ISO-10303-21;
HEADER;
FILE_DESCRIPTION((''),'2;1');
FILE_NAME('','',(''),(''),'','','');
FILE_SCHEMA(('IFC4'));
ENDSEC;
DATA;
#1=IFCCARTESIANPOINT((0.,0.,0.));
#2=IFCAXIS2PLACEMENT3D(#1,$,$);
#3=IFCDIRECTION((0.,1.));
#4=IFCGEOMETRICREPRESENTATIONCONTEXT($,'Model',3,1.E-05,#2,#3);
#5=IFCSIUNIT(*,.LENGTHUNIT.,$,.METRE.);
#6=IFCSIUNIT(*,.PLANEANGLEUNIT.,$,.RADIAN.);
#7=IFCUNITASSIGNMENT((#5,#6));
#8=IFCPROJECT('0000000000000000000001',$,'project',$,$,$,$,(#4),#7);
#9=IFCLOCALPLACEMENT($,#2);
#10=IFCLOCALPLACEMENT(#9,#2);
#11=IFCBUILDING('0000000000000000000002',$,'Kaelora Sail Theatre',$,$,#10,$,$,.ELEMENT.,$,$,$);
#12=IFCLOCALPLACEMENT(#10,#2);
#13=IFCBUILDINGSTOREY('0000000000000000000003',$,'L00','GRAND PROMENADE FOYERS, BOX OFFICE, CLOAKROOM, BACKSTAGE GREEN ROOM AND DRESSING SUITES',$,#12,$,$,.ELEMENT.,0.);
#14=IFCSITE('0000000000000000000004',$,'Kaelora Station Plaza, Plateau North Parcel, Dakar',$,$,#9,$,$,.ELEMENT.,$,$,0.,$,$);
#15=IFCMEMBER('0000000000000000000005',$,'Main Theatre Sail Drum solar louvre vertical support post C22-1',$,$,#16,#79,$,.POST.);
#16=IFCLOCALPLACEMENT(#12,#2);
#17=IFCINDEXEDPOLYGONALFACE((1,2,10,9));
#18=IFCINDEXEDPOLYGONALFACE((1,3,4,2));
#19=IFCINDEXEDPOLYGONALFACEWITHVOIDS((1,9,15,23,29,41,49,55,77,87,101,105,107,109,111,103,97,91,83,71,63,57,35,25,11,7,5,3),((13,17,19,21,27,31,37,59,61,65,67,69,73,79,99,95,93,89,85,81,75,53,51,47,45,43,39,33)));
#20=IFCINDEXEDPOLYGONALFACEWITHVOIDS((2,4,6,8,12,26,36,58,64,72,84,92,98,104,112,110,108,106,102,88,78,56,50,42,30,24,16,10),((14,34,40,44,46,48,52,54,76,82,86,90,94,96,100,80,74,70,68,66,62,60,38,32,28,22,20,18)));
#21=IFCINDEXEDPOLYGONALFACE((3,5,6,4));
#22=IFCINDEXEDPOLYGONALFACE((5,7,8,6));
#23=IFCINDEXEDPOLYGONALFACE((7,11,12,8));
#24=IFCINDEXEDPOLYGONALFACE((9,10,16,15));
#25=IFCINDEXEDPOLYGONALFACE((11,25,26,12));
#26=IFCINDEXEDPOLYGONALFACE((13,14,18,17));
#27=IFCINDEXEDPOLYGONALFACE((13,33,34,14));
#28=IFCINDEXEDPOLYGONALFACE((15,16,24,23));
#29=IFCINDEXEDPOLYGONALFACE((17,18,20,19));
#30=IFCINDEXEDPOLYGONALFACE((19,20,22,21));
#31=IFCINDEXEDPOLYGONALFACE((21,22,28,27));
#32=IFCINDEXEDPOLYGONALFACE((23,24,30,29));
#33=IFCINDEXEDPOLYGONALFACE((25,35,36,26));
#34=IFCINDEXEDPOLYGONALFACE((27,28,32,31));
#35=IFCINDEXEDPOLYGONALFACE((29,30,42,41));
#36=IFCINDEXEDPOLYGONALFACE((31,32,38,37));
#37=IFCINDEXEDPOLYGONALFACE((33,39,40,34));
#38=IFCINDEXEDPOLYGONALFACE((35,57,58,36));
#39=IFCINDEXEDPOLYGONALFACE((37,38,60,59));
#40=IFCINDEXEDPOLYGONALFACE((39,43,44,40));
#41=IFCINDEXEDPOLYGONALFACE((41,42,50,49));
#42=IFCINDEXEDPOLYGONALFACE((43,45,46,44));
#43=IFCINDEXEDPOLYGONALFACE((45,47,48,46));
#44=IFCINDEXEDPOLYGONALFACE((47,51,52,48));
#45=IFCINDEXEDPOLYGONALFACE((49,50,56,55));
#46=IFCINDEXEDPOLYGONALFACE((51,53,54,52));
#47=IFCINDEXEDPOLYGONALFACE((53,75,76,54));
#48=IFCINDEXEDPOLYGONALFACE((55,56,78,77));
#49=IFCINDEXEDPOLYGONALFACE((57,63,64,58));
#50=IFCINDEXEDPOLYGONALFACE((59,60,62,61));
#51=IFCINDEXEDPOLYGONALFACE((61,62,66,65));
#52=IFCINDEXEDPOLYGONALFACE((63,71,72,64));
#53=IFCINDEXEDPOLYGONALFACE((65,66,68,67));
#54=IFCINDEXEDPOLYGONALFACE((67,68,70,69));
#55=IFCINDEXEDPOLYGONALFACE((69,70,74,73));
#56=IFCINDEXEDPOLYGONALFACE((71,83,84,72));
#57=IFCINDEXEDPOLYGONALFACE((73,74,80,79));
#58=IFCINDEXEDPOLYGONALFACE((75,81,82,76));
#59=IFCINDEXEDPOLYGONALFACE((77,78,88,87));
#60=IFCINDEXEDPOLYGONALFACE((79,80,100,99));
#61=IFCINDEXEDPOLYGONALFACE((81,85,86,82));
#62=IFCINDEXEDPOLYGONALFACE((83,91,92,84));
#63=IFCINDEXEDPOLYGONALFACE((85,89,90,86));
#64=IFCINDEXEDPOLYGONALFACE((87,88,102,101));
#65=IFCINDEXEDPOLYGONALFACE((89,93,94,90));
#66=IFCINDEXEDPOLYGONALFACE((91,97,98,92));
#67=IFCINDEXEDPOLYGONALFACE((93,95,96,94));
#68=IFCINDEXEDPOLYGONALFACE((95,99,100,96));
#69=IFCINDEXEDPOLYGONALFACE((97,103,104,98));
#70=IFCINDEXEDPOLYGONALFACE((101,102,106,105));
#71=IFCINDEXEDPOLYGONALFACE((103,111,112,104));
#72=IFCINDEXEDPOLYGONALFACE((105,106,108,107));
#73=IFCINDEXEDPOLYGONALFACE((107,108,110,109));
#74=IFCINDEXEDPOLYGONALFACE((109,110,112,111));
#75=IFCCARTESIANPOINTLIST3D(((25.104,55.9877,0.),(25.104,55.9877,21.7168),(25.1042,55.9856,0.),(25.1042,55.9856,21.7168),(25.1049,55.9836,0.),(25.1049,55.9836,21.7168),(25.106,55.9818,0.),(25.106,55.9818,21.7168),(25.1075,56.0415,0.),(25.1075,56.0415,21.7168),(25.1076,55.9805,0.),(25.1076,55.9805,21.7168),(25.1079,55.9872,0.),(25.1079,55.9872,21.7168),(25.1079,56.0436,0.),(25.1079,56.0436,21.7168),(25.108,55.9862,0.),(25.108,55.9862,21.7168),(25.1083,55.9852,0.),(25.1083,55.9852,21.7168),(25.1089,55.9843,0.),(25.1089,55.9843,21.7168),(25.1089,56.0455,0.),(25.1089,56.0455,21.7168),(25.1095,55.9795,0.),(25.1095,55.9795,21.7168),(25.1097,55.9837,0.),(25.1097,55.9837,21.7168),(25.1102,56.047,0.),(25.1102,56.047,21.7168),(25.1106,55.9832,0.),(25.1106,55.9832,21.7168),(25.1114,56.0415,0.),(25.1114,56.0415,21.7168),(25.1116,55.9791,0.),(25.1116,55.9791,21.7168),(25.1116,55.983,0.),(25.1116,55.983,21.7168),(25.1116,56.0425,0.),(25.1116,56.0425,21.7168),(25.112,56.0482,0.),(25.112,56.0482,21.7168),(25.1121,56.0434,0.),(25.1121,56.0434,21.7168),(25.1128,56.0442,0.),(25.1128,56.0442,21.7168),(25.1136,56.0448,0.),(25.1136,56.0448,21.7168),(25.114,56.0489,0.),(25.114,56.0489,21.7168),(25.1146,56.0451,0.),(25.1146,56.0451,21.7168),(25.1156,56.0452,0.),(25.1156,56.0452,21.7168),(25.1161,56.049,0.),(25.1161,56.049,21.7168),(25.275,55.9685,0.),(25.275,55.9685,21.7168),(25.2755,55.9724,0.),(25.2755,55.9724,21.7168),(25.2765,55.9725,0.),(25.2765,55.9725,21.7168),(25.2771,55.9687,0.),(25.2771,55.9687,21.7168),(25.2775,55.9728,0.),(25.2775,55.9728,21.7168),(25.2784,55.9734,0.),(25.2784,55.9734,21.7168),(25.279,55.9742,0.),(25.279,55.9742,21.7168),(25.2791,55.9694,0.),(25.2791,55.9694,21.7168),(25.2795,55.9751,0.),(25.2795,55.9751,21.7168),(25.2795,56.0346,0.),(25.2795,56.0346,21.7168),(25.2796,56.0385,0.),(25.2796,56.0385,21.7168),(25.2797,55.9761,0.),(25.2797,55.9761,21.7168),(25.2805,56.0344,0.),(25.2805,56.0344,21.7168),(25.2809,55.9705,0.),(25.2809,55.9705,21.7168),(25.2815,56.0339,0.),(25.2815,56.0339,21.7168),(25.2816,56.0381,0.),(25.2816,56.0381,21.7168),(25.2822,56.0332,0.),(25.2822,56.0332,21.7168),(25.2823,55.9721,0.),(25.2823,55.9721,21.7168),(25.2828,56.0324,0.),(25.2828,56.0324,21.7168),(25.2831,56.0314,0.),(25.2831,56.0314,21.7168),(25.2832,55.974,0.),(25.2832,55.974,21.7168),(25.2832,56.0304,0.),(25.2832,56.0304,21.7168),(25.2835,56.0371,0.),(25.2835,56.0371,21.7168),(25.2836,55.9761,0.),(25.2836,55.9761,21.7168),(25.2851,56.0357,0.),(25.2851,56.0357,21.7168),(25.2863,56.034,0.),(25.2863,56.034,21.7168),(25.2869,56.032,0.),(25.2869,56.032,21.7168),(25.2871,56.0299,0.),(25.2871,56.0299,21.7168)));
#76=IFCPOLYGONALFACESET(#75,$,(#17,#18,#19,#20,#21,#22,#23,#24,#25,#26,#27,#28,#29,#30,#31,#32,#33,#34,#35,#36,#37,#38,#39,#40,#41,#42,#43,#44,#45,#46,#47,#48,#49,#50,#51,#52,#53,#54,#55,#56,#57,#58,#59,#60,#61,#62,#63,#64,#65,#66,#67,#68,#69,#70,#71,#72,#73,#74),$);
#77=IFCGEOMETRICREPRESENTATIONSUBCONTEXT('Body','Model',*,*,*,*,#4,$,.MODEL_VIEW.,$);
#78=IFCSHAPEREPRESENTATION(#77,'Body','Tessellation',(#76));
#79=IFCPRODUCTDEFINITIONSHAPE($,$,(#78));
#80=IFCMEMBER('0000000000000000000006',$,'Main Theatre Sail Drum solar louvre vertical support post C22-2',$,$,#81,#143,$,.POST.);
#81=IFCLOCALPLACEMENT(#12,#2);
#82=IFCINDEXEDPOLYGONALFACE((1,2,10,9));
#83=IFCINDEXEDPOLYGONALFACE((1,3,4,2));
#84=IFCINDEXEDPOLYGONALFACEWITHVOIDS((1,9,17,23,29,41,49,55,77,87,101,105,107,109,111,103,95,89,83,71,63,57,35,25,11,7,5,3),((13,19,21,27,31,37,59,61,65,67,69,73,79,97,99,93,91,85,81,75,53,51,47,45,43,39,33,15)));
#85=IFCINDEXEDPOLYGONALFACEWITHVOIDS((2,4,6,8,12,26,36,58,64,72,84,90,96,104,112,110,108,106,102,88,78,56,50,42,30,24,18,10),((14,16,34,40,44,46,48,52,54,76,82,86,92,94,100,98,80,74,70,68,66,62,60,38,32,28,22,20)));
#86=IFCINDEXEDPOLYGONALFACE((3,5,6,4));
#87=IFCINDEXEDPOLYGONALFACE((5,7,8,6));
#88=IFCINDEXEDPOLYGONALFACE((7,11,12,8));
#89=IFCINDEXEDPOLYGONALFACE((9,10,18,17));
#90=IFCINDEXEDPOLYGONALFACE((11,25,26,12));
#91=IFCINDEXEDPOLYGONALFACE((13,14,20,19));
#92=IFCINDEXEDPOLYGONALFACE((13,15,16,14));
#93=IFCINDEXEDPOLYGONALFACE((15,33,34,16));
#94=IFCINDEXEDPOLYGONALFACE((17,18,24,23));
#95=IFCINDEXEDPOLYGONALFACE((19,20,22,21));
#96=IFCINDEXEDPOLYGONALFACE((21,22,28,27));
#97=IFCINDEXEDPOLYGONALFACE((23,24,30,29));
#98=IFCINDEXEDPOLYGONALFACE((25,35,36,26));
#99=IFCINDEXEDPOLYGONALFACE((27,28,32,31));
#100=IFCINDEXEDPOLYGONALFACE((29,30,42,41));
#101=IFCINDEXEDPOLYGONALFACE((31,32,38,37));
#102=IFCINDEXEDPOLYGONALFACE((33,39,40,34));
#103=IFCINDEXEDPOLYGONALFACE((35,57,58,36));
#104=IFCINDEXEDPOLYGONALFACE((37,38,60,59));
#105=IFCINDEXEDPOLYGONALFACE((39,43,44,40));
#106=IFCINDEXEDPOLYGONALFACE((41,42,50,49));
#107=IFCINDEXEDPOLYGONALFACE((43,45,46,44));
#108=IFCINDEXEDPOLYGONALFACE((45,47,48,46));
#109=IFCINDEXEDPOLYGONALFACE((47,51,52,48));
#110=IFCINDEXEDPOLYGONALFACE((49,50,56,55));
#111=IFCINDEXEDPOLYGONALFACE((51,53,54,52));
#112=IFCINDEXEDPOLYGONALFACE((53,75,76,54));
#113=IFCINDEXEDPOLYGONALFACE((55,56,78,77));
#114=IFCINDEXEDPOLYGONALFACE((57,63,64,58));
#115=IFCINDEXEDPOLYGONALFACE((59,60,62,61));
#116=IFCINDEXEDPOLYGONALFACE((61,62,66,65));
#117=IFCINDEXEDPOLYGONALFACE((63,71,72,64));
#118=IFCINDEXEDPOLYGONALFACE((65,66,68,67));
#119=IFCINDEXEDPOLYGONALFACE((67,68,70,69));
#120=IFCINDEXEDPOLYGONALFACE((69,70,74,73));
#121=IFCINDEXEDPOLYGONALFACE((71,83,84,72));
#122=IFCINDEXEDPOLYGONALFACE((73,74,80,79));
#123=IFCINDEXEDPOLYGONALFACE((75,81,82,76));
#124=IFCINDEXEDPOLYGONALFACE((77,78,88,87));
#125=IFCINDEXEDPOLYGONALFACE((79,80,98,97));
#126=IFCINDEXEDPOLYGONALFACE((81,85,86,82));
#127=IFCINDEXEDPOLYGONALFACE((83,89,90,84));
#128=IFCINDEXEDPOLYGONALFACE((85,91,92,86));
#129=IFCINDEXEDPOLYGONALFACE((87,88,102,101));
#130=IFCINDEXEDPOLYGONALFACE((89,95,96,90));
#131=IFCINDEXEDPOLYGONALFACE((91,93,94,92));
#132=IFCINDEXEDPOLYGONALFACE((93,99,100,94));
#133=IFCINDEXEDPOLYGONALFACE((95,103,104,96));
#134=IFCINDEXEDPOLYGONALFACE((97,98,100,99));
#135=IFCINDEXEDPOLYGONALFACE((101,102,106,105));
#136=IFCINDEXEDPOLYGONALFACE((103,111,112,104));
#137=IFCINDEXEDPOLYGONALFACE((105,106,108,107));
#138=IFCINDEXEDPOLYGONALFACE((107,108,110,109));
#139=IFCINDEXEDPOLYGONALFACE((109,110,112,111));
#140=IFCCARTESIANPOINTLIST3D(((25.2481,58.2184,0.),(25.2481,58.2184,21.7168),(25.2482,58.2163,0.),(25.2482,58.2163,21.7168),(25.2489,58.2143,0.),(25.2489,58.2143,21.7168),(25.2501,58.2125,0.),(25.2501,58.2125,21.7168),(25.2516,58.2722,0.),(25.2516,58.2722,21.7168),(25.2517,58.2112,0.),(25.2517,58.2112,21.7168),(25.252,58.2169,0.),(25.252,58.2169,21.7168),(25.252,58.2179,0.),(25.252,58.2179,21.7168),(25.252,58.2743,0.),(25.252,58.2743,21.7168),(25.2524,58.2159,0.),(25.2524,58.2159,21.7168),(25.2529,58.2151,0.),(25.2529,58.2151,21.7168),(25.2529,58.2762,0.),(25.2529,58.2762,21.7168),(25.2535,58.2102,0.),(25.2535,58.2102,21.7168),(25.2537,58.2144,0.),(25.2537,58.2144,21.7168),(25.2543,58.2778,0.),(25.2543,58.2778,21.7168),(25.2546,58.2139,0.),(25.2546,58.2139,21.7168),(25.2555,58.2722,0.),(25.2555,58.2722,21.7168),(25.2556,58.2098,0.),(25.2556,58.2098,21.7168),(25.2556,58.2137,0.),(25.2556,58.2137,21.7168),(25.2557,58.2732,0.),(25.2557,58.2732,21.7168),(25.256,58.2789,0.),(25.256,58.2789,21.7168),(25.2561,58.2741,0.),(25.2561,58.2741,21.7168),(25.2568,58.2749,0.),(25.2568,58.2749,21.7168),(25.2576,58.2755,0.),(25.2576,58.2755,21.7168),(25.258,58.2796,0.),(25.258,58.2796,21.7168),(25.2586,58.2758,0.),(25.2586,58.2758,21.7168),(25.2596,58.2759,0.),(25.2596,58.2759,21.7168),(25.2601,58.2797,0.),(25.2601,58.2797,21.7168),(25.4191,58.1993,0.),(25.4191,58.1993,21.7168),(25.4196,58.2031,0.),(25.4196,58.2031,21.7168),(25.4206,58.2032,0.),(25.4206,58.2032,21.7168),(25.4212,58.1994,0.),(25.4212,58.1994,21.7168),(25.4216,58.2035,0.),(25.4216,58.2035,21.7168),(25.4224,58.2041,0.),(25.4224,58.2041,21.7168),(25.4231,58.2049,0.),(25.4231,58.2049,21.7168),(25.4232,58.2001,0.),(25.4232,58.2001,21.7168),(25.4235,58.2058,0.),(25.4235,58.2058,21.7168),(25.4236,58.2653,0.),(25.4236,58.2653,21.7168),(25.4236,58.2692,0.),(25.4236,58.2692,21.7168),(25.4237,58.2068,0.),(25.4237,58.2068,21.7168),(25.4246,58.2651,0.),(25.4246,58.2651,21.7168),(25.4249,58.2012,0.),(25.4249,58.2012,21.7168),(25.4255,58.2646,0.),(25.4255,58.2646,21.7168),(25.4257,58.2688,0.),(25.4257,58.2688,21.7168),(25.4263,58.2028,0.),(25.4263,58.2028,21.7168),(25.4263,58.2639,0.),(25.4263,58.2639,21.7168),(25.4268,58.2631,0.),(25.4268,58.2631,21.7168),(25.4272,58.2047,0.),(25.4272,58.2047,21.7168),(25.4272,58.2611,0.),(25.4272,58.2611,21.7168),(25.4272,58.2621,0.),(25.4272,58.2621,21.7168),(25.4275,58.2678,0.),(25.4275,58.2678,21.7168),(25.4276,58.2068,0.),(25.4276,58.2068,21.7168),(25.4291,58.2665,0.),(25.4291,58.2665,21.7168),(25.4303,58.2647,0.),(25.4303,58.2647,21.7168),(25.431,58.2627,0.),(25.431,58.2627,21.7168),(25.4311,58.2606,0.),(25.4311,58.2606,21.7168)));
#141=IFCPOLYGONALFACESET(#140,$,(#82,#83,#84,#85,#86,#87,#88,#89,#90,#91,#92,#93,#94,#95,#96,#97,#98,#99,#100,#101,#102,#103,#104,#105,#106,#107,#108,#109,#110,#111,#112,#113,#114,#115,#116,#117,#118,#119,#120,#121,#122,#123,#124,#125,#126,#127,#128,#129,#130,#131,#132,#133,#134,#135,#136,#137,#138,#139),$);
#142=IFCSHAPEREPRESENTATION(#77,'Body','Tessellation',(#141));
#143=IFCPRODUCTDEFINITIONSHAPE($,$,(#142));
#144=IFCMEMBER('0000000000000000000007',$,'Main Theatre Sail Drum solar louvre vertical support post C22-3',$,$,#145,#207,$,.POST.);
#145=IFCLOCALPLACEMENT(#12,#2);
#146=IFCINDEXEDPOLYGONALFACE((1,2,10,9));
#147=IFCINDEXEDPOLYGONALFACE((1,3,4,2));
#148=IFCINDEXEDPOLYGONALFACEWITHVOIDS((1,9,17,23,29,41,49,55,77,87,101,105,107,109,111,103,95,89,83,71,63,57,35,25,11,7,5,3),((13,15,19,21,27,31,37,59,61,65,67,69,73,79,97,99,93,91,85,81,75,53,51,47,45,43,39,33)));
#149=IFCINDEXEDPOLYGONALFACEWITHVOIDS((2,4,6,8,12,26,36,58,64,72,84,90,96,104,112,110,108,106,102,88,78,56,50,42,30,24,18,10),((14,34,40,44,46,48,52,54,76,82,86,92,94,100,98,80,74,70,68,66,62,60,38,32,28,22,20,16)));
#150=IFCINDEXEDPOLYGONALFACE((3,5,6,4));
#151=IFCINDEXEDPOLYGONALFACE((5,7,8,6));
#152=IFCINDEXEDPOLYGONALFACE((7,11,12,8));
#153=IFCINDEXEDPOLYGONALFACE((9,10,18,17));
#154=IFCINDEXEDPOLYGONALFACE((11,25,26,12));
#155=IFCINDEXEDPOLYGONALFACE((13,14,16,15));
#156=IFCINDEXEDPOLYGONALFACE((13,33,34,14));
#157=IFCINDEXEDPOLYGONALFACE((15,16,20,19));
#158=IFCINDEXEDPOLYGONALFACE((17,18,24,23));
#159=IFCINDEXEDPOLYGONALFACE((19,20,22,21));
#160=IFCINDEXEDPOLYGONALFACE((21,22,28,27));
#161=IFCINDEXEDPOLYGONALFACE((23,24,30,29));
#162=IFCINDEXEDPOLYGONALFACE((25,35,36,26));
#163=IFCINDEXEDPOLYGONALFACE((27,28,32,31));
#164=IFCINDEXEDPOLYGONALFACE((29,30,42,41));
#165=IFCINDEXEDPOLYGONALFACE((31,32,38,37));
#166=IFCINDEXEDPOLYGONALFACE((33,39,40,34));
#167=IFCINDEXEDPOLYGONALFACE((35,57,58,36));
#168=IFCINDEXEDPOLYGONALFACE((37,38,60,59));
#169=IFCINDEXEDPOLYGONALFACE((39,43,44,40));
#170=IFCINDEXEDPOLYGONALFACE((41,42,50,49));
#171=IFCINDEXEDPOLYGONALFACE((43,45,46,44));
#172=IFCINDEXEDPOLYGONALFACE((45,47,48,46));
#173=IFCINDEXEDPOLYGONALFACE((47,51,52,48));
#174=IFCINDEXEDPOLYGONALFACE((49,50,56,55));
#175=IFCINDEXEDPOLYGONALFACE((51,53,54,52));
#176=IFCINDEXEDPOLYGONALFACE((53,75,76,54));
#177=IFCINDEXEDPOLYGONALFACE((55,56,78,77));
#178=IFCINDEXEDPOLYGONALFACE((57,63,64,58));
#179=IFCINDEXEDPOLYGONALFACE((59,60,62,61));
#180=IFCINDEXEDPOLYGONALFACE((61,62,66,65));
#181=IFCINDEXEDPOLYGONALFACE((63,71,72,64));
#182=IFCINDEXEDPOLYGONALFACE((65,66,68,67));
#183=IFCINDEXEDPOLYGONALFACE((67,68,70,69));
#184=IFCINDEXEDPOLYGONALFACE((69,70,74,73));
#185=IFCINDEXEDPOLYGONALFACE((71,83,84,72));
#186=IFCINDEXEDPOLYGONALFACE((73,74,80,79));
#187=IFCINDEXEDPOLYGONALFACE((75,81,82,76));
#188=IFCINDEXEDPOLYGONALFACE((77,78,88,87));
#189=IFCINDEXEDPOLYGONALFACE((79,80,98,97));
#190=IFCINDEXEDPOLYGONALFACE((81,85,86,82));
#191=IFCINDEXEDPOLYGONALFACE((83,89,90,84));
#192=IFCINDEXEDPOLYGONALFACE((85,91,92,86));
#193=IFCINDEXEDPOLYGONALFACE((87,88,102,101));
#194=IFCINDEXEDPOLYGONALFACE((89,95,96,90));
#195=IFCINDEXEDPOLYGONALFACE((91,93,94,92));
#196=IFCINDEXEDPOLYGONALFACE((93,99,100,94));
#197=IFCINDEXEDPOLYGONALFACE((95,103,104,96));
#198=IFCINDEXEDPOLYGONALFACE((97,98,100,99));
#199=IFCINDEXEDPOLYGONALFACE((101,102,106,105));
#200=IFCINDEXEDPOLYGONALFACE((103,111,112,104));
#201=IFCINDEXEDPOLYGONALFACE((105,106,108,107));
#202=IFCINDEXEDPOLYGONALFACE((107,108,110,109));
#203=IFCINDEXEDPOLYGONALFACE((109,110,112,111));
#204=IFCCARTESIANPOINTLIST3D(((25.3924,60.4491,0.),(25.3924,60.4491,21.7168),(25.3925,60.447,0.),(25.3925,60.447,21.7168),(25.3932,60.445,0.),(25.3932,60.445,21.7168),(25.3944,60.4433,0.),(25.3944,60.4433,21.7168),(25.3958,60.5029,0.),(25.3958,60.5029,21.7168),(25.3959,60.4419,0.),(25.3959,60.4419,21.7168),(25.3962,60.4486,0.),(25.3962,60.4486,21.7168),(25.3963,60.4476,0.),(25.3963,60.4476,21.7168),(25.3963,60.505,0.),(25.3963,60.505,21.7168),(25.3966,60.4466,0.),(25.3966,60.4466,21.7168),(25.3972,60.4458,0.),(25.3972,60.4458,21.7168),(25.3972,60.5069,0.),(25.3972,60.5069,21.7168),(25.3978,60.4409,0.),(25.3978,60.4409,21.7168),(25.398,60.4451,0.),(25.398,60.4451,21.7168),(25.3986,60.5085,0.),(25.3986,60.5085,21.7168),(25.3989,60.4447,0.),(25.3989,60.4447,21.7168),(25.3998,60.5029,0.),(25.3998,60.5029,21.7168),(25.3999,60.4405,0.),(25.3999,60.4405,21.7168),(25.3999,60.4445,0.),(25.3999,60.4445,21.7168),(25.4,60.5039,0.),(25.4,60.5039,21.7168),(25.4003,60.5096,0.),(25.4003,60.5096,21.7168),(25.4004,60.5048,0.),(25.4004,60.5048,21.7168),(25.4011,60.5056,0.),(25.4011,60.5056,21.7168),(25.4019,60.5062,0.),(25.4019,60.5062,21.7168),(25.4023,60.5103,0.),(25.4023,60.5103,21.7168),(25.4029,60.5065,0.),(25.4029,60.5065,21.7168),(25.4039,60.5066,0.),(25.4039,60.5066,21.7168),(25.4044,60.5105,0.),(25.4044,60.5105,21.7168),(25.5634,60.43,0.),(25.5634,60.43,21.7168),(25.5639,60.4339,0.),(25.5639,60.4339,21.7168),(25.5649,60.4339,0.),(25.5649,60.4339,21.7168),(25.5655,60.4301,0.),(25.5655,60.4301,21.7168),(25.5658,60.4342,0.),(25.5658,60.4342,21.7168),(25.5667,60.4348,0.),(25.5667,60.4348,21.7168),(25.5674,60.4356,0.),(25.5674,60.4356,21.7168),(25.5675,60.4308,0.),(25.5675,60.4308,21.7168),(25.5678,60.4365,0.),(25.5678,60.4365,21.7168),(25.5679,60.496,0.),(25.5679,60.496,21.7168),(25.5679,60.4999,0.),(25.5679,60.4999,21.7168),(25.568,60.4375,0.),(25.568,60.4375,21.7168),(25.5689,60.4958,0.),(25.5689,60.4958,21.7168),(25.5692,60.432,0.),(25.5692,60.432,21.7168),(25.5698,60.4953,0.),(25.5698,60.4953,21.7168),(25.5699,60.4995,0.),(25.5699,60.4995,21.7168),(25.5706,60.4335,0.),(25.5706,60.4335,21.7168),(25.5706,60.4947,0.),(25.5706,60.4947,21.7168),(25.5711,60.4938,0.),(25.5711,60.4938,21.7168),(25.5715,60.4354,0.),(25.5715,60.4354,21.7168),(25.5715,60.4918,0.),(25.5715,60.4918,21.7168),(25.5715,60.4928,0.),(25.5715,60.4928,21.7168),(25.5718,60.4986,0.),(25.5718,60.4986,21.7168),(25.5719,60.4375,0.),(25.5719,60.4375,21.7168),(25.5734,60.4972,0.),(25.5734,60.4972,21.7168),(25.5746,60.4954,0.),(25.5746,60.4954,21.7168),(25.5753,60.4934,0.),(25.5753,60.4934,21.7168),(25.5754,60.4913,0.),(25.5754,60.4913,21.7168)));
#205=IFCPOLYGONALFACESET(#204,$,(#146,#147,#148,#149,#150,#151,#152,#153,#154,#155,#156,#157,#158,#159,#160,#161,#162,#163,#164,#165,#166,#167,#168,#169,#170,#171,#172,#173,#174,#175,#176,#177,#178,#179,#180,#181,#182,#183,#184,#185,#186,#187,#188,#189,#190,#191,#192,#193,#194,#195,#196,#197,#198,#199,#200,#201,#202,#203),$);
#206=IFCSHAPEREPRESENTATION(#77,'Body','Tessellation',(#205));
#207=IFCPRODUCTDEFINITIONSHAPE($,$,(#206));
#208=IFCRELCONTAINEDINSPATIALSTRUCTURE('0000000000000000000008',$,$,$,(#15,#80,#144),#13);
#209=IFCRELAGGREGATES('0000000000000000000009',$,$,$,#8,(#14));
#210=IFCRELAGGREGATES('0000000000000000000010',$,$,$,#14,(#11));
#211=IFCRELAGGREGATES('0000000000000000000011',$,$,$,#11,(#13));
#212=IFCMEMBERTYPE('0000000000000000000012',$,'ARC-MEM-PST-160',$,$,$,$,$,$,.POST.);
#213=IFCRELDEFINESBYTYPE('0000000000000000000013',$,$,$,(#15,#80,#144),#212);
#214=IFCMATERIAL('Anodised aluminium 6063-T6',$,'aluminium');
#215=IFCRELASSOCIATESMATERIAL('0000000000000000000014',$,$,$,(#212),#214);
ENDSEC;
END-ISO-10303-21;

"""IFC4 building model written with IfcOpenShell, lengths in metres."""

from ifc_helpers import new_model, si_unit, direction, frame, origin, origin_2d, place, context, subcontext, project, spatial, hollow_rectangle, extrude, material, material_profile, profile_set, type_object, element, save


model = new_model("IFC4")

# Units and contexts
model_context = context("Model", 3, precision=1e-05, world=origin(), true_north=direction((0.0, 1.0)))
body_context = subcontext(model_context, "Body", "Model", "MODEL_VIEW")
ifc_project = project(units=[si_unit("LENGTHUNIT", "METRE"), si_unit("PLANEANGLEUNIT", "RADIAN")], contexts=[model_context])

# Site, building, storey
site_placement = place(None, origin())
site = spatial("IfcSite", under=ifc_project, at=site_placement, Name="Kaelora Station Plaza, Plateau North Parcel, Dakar", CompositionType="ELEMENT", RefElevation=0.0)
building_placement = place(site_placement, origin())
building = spatial("IfcBuilding", under=site, at=building_placement, Name="Kaelora Sail Theatre", CompositionType="ELEMENT")
storey_placement = place(building_placement, origin())
storey = spatial("IfcBuildingStorey", under=building, at=storey_placement, Name="L00", Description="GRAND PROMENADE FOYERS, BOX OFFICE, CLOAKROOM, BACKSTAGE GREEN ROOM AND DRESSING SUITES", CompositionType="ELEMENT", Elevation=0.0)

# Members
ifc_material_1 = material(Name="Anodised aluminium 6063-T6", Category="aluminium")
ifc_material_profile_1 = material_profile(ifc_material_1, hollow_rectangle(XDim=0.0701, YDim=0.1799, WallThickness=0.0039, InnerFilletRadius=0.0039, OuterFilletRadius=0.0081, at=origin_2d()), Name="ALU-MULL 70x180x4")
ifc_profile_set_1 = profile_set([ifc_material_profile_1], Name="Anodised aluminium 6063-T6")
member_type_1 = type_object("IfcMemberType", Name="ARC-MEM-PST-160", PredefinedType="POST", material=ifc_profile_set_1)
for number, where, z_axis, x_axis, name in (
    (1, (25.1956, 56.0088, 0.0), (0.0, 0.0, 1.0), (0.064532, 0.997916, 0.0), "Main Theatre Sail Drum solar louvre vertical support post C22-1"),
    (2, (25.3396, 58.2395, 0.0), (0.0, 0.0, 1.0), (0.064532, 0.997916, 0.0), "Main Theatre Sail Drum solar louvre vertical support post C22-2"),
    (3, (25.4839, 60.4702, 0.0), (0.0, 0.0, 1.0), (0.064532, 0.997916, 0.0), "Main Theatre Sail Drum solar louvre vertical support post C22-3"),
):
    element("IfcMember", number, at=place(storey_placement, frame(where, z_axis=z_axis, x_axis=x_axis)), inside=storey, type_object=member_type_1, Name=name, PredefinedType="POST", context=body_context, shape_type="SweptSolid", body=[
        extrude(hollow_rectangle(XDim=0.0701, YDim=0.1799, WallThickness=0.0039, InnerFilletRadius=0.0039, OuterFilletRadius=0.0081, at=origin_2d()), origin(), (0.0, 0.0, 1.0), 21.7168),
    ])

save(model, "model.ifc")
